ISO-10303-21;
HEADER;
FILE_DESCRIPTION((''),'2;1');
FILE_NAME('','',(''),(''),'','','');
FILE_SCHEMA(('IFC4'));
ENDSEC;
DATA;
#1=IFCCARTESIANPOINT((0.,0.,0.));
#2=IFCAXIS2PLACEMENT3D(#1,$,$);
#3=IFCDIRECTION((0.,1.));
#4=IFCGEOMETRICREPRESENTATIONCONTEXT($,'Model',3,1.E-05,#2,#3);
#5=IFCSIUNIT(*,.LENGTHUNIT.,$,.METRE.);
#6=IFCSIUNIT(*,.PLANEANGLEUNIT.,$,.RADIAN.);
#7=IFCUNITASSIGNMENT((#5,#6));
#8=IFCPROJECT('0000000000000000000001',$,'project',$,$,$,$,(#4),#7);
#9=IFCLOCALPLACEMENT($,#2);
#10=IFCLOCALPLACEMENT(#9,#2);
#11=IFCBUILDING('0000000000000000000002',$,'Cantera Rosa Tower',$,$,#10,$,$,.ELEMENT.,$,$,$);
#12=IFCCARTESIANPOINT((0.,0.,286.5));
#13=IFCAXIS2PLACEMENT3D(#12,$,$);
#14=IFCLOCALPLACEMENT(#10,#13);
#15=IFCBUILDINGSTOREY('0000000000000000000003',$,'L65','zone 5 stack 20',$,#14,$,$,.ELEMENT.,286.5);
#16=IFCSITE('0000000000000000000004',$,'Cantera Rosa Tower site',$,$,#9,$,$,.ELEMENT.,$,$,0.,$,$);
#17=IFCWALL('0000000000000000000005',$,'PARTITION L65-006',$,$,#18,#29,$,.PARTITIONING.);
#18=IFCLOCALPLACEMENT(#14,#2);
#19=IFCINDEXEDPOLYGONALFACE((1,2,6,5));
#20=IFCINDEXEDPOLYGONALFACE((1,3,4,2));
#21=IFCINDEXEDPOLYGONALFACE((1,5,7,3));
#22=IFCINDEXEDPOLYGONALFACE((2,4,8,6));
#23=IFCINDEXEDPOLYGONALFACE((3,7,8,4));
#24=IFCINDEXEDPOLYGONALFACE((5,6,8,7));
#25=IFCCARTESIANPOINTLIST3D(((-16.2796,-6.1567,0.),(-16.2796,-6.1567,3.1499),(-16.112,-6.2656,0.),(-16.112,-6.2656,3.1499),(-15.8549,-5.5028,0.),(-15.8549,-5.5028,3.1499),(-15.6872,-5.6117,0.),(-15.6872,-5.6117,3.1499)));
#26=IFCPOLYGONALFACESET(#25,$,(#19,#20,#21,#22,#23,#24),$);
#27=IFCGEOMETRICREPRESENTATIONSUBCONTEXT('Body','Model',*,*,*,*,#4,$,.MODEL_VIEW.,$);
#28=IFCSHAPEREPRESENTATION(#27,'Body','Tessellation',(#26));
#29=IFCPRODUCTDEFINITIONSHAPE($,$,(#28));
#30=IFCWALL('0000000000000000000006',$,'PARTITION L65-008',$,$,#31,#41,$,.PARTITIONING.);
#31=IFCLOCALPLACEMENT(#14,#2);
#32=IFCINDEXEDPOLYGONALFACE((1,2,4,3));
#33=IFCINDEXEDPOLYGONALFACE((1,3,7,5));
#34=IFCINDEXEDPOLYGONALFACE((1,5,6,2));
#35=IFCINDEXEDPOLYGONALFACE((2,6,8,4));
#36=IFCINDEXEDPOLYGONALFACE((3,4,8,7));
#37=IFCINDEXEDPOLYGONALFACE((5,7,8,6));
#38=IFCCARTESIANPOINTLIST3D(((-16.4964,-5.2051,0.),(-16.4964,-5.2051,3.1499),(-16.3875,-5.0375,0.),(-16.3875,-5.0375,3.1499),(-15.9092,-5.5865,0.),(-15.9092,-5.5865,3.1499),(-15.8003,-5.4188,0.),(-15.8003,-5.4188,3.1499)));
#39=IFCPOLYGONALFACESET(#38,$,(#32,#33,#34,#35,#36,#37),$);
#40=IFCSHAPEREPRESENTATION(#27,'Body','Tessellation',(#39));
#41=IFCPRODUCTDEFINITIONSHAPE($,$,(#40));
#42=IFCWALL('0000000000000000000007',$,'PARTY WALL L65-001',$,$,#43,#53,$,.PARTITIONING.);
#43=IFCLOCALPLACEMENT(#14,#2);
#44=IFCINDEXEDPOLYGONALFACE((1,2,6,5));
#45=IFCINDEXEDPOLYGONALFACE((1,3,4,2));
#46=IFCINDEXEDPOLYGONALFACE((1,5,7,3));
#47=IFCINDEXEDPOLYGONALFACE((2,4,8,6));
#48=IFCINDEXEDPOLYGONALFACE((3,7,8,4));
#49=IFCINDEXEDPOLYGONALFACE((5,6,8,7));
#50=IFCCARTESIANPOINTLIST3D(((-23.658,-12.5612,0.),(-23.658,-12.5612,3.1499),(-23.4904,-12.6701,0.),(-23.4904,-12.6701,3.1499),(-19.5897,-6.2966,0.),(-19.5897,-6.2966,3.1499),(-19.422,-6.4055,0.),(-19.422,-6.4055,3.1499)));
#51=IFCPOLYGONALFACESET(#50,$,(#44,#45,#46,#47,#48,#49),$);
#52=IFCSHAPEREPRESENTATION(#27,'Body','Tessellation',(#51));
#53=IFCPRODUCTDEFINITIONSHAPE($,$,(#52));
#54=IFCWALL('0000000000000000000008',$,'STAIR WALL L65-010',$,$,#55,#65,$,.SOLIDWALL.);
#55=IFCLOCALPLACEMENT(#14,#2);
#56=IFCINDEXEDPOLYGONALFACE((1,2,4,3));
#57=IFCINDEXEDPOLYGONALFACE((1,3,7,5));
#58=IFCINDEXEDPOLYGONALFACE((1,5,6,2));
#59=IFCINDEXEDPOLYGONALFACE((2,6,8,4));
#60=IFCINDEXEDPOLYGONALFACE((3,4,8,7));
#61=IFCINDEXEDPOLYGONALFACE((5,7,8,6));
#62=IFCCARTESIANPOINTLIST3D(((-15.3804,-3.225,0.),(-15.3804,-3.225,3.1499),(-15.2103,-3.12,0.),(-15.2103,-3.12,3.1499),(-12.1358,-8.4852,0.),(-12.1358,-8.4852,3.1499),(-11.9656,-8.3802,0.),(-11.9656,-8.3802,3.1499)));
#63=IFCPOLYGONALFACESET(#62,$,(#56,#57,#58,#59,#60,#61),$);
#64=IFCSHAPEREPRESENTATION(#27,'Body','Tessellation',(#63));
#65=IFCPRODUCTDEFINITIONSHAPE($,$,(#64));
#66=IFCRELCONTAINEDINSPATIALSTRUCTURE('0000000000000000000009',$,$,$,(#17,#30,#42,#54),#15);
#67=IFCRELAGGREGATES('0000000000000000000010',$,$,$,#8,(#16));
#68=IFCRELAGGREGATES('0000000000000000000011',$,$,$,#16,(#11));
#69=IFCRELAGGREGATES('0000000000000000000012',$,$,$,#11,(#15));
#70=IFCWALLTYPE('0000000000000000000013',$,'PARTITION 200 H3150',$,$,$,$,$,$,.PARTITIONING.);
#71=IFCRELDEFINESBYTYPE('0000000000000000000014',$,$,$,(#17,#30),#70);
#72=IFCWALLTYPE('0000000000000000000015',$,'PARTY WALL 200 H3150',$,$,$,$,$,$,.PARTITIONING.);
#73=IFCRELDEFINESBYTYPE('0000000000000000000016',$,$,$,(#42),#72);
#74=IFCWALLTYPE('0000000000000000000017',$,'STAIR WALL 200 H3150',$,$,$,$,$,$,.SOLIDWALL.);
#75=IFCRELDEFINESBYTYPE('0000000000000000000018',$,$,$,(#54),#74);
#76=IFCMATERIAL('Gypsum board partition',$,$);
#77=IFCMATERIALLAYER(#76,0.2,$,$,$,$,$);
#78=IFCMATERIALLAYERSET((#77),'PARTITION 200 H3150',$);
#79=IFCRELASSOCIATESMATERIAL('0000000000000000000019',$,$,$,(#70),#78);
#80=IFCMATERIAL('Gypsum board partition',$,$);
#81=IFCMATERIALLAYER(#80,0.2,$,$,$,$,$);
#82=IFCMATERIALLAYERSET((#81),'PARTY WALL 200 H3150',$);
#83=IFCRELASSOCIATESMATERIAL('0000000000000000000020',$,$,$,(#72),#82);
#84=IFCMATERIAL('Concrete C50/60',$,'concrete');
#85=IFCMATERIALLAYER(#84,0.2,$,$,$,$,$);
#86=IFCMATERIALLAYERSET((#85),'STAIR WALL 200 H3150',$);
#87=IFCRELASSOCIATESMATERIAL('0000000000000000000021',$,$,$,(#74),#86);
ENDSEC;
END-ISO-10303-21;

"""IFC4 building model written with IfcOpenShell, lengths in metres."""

from ifc_helpers import new_model, si_unit, direction, frame, frame_2d, origin, place, context, subcontext, project, spatial, rectangle, extrude, material, layer, layer_set, type_object, element, save


model = new_model("IFC4")

# Units and contexts
model_context = context("Model", 3, precision=1e-05, world=origin(), true_north=direction((0.0, 1.0)))
body_context = subcontext(model_context, "Body", "Model", "MODEL_VIEW")
ifc_project = project(units=[si_unit("LENGTHUNIT", "METRE"), si_unit("PLANEANGLEUNIT", "RADIAN")], contexts=[model_context])

# Site, building, storey
site_placement = place(None, origin())
site = spatial("IfcSite", under=ifc_project, at=site_placement, Name="Cantera Rosa Tower site", CompositionType="ELEMENT", RefElevation=0.0)
building_placement = place(site_placement, origin())
building = spatial("IfcBuilding", under=site, at=building_placement, Name="Cantera Rosa Tower", CompositionType="ELEMENT")
storey_placement = place(building_placement, frame((0.0, 0.0, 286.5)))
storey = spatial("IfcBuildingStorey", under=building, at=storey_placement, Name="L65", Description="zone 5 stack 20", CompositionType="ELEMENT", Elevation=286.5)

# Walls
ifc_material_1 = material(Name="Gypsum board partition")
ifc_layer_1 = layer(ifc_material_1, 0.2)
ifc_layer_set_1 = layer_set([ifc_layer_1], Name="PARTITION 200 H3150")
wall_type_1 = type_object("IfcWallType", Name="PARTITION 200 H3150", PredefinedType="PARTITIONING", material=ifc_layer_set_1)
wall_1_placement = place(storey_placement, frame((-16.1958, -6.2112, 0.0), z_axis=(0.0, 0.0, 1.0), x_axis=(0.544691, 0.838637, 0.0)))
element("IfcWall", 1, at=wall_1_placement, inside=storey, type_object=wall_type_1, Name="PARTITION L65-006", PredefinedType="PARTITIONING", context=body_context, shape_type="SweptSolid", body=[
    extrude(rectangle(XDim=0.7798, YDim=0.2, at=frame_2d((0.3899, 0.0))), origin(), (0.0, 0.0, 1.0), 3.1499),
])
wall_2_placement = place(storey_placement, frame((-15.8547, -5.5027, 0.0), z_axis=(0.0, 0.0, 1.0), x_axis=(-0.838643, 0.544682, 0.0)))
element("IfcWall", 2, at=wall_2_placement, inside=storey, type_object=wall_type_1, Name="PARTITION L65-008", PredefinedType="PARTITIONING", context=body_context, shape_type="SweptSolid", body=[
    extrude(rectangle(XDim=0.7002, YDim=0.2, at=frame_2d((0.3501, 0.0))), origin(), (0.0, 0.0, 1.0), 3.1499),
])
ifc_material_2 = material(Name="Gypsum board partition")
ifc_layer_2 = layer(ifc_material_2, 0.2)
ifc_layer_set_2 = layer_set([ifc_layer_2], Name="PARTY WALL 200 H3150")
wall_type_2 = type_object("IfcWallType", Name="PARTY WALL 200 H3150", PredefinedType="PARTITIONING", material=ifc_layer_set_2)
wall_3_placement = place(storey_placement, frame((-19.5059, -6.3511, 0.0), z_axis=(0.0, 0.0, 1.0), x_axis=(-0.544644, -0.838668, 0.0)))
element("IfcWall", 3, at=wall_3_placement, inside=storey, type_object=wall_type_2, Name="PARTY WALL L65-001", PredefinedType="PARTITIONING", context=body_context, shape_type="SweptSolid", body=[
    extrude(rectangle(XDim=7.4697, YDim=0.2, at=frame_2d((3.7349, 0.0))), origin(), (0.0, 0.0, 1.0), 3.1499),
])
ifc_material_3 = material(Name="Concrete C50/60", Category="concrete")
ifc_layer_3 = layer(ifc_material_3, 0.2)
ifc_layer_set_3 = layer_set([ifc_layer_3], Name="STAIR WALL 200 H3150")
wall_type_3 = type_object("IfcWallType", Name="STAIR WALL 200 H3150", PredefinedType="SOLIDWALL", material=ifc_layer_set_3)
wall_4_placement = place(storey_placement, frame((-15.2954, -3.1724, 0.0), z_axis=(0.0, 0.0, 1.0), x_axis=(0.524983, -0.851113, 0.0)))
element("IfcWall", 4, at=wall_4_placement, inside=storey, type_object=wall_type_3, Name="STAIR WALL L65-010", PredefinedType="SOLIDWALL", context=body_context, shape_type="SweptSolid", body=[
    extrude(rectangle(XDim=6.1804, YDim=0.2, at=frame_2d((3.0903, 0.0))), origin(), (0.0, 0.0, 1.0), 3.1499),
])

save(model, "model.ifc")
